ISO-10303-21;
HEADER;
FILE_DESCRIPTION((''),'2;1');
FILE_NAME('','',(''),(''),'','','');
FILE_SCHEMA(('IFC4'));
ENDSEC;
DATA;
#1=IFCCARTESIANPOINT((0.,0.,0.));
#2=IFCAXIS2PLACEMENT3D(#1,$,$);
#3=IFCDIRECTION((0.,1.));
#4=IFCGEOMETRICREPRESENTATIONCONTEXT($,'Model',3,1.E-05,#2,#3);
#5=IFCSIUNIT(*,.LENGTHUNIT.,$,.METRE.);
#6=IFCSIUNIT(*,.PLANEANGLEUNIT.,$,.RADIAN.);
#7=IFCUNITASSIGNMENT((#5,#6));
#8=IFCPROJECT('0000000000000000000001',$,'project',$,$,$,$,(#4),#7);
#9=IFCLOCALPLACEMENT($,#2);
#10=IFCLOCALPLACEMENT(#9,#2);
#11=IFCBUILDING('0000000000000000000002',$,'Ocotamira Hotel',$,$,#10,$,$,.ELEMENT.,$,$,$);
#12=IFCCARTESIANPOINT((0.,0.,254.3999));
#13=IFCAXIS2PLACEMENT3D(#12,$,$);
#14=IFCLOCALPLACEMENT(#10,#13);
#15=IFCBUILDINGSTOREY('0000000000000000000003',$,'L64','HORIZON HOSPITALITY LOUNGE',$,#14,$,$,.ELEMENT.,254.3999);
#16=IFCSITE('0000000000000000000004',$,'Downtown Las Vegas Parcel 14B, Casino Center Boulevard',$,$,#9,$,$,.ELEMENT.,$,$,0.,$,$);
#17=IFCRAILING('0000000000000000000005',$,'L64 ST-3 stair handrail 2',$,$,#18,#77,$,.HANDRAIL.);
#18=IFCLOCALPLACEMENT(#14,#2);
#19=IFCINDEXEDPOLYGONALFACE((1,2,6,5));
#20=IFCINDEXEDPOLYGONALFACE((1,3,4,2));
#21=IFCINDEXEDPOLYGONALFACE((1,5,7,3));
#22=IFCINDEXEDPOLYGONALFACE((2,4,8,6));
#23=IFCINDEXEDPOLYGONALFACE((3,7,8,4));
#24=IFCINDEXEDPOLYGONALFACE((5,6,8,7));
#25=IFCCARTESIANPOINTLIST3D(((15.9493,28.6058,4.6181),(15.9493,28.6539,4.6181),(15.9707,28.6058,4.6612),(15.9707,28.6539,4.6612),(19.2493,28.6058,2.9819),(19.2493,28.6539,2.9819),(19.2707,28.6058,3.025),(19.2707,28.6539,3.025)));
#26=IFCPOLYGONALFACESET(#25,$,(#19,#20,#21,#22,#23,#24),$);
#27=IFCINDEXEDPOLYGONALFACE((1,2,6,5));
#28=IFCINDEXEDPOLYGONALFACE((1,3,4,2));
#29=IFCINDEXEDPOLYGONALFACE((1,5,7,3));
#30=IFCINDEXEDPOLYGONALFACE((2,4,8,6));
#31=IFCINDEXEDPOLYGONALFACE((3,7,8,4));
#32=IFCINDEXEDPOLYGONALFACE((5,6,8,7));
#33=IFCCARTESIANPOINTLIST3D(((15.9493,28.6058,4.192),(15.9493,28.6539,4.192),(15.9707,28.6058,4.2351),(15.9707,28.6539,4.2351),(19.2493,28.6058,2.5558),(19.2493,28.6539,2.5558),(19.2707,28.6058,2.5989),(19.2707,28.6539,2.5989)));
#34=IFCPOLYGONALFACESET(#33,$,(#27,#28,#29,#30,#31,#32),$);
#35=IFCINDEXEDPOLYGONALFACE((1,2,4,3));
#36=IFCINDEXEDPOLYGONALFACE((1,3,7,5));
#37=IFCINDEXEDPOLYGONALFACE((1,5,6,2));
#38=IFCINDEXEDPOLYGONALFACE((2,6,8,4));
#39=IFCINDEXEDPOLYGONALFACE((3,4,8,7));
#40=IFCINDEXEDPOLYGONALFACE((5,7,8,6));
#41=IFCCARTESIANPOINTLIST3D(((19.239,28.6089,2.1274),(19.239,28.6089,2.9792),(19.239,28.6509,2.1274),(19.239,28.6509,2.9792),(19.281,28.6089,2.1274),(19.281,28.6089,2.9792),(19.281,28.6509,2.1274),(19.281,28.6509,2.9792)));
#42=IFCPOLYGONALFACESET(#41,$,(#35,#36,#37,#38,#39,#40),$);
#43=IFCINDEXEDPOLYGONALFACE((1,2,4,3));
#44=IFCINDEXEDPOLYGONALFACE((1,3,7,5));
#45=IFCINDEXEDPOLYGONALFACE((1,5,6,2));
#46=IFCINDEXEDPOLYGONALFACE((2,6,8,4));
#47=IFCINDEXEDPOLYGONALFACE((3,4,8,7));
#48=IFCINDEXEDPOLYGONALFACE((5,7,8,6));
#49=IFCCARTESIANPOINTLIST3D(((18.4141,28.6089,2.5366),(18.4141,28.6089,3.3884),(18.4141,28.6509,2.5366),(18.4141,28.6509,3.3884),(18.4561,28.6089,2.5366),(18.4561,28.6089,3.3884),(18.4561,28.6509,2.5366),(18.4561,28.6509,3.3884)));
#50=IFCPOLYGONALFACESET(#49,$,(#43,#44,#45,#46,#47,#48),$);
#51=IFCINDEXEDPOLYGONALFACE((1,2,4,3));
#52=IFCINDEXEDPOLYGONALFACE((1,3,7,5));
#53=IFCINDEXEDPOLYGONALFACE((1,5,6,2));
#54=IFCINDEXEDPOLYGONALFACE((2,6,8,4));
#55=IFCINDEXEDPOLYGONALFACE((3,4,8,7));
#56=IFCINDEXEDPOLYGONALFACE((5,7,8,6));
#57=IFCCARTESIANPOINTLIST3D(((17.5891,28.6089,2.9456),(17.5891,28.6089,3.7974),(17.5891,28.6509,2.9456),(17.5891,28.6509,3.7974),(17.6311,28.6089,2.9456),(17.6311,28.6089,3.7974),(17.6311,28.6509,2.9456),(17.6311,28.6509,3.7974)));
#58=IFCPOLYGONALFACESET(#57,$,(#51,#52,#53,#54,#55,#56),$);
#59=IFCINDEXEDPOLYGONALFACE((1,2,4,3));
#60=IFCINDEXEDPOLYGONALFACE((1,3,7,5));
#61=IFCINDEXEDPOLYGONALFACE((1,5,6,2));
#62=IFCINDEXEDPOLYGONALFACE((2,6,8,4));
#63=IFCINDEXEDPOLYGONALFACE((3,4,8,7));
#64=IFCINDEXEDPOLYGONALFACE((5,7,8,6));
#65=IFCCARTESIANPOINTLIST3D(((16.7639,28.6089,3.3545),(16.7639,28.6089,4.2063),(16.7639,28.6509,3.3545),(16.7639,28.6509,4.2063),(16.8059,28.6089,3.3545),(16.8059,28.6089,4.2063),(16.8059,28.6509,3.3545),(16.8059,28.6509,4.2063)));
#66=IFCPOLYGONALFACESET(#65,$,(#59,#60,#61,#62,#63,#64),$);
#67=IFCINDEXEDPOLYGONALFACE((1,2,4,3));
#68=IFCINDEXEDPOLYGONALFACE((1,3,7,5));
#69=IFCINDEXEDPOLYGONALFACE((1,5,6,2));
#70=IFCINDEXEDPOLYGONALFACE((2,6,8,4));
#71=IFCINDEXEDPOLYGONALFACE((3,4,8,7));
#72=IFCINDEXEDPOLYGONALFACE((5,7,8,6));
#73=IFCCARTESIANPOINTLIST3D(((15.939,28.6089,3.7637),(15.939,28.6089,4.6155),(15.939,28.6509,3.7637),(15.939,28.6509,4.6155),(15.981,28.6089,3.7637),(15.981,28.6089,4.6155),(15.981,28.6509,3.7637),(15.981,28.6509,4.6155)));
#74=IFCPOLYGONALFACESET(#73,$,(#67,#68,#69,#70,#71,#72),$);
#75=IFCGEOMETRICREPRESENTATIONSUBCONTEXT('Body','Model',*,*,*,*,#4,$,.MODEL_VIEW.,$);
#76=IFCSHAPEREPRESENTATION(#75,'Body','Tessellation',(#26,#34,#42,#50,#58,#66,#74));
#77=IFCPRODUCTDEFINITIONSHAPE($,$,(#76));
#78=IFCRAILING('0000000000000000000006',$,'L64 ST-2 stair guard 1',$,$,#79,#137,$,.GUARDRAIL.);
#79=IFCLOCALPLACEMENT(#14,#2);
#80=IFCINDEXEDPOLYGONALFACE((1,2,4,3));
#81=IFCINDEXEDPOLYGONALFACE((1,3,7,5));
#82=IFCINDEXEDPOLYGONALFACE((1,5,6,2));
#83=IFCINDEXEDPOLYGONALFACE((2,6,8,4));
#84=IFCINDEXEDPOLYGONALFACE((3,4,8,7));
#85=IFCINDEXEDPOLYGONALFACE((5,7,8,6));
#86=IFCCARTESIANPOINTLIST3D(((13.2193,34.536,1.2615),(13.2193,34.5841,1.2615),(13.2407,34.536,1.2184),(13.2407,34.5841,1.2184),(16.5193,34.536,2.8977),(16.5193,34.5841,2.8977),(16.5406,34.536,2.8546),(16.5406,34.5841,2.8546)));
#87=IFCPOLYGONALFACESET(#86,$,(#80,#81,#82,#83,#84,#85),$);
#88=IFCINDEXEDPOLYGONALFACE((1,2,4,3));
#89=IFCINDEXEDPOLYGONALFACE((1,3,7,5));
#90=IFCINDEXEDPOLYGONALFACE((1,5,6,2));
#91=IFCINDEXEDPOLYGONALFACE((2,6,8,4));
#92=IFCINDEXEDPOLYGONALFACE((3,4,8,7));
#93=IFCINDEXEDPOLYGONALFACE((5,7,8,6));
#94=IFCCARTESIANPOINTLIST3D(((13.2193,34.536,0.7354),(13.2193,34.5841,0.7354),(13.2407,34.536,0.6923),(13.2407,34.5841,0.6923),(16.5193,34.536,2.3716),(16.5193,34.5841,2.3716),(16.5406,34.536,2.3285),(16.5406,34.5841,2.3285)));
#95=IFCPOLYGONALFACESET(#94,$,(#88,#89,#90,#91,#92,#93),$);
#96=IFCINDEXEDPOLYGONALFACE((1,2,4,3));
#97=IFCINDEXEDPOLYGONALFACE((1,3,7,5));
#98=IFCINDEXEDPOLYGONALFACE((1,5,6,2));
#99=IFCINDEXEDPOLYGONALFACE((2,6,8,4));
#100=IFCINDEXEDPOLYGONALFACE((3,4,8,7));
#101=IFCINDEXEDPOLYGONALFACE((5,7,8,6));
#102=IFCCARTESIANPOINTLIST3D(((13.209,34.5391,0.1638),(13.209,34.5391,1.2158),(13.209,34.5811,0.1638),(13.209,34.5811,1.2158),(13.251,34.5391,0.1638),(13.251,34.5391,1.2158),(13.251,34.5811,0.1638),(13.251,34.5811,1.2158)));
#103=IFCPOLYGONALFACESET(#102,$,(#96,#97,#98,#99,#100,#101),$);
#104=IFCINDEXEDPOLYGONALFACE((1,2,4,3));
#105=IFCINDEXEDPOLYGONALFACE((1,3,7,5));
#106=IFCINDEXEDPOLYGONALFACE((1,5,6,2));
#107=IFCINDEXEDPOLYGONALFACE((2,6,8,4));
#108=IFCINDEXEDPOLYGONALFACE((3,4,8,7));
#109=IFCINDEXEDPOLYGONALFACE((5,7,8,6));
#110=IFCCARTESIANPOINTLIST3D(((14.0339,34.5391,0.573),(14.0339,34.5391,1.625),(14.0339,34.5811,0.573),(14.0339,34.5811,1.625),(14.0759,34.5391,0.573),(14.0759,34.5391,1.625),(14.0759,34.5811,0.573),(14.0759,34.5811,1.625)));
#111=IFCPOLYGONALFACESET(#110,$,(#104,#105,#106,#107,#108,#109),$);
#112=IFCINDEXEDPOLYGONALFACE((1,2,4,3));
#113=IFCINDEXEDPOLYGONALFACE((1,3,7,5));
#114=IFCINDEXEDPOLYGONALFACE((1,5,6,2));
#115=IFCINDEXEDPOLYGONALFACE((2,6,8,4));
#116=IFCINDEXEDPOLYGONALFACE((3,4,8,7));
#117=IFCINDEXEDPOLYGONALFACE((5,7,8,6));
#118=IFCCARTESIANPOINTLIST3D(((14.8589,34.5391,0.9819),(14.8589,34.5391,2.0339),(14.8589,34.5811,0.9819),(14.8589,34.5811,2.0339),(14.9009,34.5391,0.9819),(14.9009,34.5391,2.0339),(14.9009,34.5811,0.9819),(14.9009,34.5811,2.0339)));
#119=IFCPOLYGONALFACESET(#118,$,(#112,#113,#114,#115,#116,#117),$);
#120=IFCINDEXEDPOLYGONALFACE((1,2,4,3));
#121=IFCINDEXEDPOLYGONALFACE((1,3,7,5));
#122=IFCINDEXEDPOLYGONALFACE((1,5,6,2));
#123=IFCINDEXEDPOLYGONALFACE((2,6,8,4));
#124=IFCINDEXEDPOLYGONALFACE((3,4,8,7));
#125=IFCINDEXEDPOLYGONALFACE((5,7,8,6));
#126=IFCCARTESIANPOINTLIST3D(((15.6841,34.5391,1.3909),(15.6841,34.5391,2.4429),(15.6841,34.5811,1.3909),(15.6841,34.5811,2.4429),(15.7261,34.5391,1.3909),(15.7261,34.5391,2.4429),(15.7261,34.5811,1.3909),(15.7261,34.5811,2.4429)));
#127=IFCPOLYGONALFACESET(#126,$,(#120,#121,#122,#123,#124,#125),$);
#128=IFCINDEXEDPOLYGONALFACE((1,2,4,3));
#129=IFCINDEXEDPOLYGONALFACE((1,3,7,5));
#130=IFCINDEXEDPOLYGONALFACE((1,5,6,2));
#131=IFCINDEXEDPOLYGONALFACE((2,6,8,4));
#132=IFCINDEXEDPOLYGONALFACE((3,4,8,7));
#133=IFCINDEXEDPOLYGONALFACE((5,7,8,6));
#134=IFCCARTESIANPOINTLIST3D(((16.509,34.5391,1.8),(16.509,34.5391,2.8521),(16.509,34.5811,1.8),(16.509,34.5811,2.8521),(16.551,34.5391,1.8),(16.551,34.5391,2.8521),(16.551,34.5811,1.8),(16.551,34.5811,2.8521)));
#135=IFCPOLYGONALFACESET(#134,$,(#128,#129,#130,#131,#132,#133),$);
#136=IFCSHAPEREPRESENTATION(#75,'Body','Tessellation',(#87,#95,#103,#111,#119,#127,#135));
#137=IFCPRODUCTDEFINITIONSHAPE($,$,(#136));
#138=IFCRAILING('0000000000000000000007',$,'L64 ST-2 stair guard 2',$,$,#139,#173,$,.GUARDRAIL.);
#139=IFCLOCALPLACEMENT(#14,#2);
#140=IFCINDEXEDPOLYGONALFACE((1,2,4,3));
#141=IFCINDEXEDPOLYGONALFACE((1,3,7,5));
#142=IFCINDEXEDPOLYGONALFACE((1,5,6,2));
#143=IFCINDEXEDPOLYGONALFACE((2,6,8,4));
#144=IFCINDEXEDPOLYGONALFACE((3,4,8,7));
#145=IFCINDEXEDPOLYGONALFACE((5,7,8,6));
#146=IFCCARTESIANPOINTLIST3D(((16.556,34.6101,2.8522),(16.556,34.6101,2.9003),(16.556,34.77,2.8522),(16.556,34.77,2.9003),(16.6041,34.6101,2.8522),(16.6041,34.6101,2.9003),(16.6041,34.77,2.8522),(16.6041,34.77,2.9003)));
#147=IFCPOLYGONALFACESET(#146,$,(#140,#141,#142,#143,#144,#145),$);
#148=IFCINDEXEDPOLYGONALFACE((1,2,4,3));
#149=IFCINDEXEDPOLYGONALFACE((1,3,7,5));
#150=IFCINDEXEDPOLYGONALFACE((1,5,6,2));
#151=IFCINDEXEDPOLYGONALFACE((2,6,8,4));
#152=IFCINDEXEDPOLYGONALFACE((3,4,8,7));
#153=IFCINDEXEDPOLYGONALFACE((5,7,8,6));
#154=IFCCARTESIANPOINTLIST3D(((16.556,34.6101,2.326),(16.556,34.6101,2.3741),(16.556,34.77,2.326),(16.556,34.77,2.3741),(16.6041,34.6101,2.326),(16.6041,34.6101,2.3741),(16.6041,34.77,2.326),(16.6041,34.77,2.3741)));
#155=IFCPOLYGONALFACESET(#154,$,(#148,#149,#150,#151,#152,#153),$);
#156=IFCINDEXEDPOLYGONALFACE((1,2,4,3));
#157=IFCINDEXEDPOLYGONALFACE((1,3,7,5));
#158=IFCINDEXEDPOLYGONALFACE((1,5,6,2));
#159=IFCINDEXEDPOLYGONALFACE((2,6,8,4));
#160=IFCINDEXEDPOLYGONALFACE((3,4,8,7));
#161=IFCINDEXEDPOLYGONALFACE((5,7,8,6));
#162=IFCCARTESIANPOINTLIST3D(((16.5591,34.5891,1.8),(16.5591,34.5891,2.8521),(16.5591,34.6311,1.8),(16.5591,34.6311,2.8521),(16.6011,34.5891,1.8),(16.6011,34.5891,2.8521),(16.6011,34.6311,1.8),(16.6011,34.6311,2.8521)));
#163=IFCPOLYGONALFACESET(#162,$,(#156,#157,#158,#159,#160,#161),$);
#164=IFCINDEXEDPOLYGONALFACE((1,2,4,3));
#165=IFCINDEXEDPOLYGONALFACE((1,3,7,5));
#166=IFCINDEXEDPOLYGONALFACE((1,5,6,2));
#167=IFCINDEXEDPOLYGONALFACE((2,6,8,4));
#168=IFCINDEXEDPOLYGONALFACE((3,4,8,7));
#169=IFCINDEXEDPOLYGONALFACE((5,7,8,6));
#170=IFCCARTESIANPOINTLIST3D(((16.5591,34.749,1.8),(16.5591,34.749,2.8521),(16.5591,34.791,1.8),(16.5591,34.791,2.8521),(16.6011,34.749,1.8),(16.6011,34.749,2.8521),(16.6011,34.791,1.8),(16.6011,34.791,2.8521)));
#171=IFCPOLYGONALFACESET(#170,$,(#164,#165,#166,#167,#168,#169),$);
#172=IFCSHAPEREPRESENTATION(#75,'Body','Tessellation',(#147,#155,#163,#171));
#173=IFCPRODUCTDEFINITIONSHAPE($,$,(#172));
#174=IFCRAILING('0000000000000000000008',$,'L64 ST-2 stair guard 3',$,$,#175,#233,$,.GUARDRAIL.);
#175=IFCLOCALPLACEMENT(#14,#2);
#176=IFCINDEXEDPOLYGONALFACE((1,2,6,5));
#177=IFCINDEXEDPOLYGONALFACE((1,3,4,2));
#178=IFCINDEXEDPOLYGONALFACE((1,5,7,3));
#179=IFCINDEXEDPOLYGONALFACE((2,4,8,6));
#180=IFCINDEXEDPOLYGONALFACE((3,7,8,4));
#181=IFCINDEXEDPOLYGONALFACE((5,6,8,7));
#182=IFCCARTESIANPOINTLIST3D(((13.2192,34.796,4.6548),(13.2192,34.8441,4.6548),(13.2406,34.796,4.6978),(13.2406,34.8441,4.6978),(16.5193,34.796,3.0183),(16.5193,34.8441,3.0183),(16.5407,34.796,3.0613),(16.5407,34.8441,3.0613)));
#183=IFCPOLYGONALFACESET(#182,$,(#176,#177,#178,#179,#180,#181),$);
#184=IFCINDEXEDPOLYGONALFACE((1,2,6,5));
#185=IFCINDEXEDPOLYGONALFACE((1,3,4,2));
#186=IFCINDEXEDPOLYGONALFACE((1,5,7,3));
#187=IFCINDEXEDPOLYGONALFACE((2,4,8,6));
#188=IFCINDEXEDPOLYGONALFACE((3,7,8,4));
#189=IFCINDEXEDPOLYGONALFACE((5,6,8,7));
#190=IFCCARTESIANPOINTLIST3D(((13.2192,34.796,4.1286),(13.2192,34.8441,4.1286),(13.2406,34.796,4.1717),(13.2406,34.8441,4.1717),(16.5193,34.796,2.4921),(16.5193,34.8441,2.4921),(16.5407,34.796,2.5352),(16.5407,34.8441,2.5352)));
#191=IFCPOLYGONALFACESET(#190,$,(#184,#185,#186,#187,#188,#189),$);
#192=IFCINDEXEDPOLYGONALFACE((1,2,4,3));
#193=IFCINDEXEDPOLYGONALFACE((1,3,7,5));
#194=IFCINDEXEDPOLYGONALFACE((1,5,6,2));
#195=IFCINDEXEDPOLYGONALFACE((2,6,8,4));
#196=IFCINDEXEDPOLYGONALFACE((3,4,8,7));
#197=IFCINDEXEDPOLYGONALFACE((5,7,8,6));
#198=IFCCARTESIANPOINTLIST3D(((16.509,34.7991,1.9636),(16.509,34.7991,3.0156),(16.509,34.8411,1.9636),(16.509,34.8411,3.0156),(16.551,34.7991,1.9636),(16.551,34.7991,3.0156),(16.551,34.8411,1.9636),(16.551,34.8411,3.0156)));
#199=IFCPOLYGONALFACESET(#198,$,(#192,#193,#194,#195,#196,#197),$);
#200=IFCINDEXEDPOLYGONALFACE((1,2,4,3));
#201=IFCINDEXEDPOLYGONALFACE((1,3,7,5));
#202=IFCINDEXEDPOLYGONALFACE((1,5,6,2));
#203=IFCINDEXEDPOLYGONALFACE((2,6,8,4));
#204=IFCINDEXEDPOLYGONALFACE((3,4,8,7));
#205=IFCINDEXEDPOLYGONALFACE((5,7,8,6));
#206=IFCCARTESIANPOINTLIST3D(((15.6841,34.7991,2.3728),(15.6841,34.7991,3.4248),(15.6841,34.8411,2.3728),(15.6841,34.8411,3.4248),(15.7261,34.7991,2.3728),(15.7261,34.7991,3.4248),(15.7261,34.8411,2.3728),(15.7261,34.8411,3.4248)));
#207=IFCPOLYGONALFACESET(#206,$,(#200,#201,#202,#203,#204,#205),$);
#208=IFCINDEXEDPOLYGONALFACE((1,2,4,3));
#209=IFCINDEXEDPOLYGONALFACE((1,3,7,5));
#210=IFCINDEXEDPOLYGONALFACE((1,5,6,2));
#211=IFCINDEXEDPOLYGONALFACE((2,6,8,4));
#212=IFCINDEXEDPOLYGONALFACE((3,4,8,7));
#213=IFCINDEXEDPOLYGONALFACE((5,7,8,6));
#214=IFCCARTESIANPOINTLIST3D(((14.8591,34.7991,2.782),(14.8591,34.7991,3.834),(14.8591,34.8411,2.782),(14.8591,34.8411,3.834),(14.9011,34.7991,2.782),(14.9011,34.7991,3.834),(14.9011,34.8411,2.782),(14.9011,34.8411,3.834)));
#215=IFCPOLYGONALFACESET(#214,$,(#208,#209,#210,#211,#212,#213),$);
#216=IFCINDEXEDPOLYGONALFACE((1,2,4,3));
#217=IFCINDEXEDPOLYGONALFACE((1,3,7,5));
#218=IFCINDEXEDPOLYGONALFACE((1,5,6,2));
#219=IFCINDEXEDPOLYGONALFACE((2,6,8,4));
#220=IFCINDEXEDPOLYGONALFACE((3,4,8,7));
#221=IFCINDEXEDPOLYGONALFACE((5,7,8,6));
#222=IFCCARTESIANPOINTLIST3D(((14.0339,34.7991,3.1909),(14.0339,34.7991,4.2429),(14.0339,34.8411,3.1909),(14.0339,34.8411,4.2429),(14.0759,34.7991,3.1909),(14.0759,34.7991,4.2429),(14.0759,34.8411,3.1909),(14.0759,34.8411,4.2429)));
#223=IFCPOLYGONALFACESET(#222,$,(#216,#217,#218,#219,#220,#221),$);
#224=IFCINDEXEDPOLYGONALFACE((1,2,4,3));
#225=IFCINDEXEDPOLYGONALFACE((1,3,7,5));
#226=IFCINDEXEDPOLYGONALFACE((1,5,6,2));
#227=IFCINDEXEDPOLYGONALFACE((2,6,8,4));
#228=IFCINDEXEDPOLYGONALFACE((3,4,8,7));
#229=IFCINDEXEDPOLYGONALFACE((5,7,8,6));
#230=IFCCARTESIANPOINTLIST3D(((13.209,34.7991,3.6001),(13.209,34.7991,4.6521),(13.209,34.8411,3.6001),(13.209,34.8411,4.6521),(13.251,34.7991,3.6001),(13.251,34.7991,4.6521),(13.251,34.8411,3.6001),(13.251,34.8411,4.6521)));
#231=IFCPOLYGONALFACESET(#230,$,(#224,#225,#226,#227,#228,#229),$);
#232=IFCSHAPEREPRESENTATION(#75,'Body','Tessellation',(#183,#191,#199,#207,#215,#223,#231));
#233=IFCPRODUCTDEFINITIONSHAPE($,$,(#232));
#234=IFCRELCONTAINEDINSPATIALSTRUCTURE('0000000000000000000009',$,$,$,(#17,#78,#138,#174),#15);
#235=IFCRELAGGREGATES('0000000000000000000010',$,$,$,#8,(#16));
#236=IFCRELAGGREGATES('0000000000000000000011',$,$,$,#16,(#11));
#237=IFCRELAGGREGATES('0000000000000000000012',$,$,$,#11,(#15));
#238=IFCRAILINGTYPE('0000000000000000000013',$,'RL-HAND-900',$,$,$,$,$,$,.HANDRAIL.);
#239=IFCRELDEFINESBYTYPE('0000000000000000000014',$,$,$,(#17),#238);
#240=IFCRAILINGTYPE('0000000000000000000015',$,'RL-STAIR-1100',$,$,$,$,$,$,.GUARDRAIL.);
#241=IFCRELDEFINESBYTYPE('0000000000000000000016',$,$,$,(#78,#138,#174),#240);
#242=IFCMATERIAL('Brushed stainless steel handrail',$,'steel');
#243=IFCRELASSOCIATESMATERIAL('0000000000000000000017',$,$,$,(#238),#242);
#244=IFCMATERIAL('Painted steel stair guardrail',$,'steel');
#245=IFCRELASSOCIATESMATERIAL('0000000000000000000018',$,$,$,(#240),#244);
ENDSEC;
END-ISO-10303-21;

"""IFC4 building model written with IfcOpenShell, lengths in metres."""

from ifc_helpers import new_model, si_unit, direction, frame, origin, origin_2d, place, context, subcontext, project, spatial, rectangle, extrude, material, type_object, element, save


model = new_model("IFC4")

# Units and contexts
model_context = context("Model", 3, precision=1e-05, world=origin(), true_north=direction((0.0, 1.0)))
body_context = subcontext(model_context, "Body", "Model", "MODEL_VIEW")
ifc_project = project(units=[si_unit("LENGTHUNIT", "METRE"), si_unit("PLANEANGLEUNIT", "RADIAN")], contexts=[model_context])

# Site, building, storey
site_placement = place(None, origin())
site = spatial("IfcSite", under=ifc_project, at=site_placement, Name="Downtown Las Vegas Parcel 14B, Casino Center Boulevard", CompositionType="ELEMENT", RefElevation=0.0)
building_placement = place(site_placement, origin())
building = spatial("IfcBuilding", under=site, at=building_placement, Name="Ocotamira Hotel", CompositionType="ELEMENT")
storey_placement = place(building_placement, frame((0.0, 0.0, 254.3999)))
storey = spatial("IfcBuildingStorey", under=building, at=storey_placement, Name="L64", Description="HORIZON HOSPITALITY LOUNGE", CompositionType="ELEMENT", Elevation=254.3999)

# Railings
ifc_material_1 = material(Name="Brushed stainless steel handrail", Category="steel")
railing_type_1 = type_object("IfcRailingType", Name="RL-HAND-900", PredefinedType="HANDRAIL", material=ifc_material_1)
railing_1_placement = place(storey_placement, frame((19.26, 28.6299, 2.1274)))
element("IfcRailing", 1, at=railing_1_placement, inside=storey, type_object=railing_type_1, Name="L64 ST-3 stair handrail 2", PredefinedType="HANDRAIL", context=body_context, shape_type="SweptSolid", body=[
    extrude(rectangle(XDim=0.0481, YDim=0.0481, at=origin_2d()), frame((0.0, 0.0, 0.876), z_axis=(-0.89592, 0.0, 0.444215), x_axis=(0.0, -1.0, 0.0)), (0.0, 0.0, 1.0), 3.6833),
    extrude(rectangle(XDim=0.0481, YDim=0.0481, at=origin_2d()), frame((0.0, 0.0, 0.45), z_axis=(-0.89592, 0.0, 0.444215), x_axis=(0.0, -1.0, 0.0)), (0.0, 0.0, 1.0), 3.6833),
    extrude(rectangle(XDim=0.042, YDim=0.042, at=origin_2d()), origin(), (0.0, 0.0, 1.0), 0.8518),
    extrude(rectangle(XDim=0.042, YDim=0.042, at=origin_2d()), frame((-0.825, 0.0, 0.4092)), (0.0, 0.0, 1.0), 0.8518),
    extrude(rectangle(XDim=0.042, YDim=0.042, at=origin_2d()), frame((-1.6499, 0.0, 0.8181)), (0.0, 0.0, 1.0), 0.8518),
    extrude(rectangle(XDim=0.042, YDim=0.042, at=origin_2d()), frame((-2.4751, 0.0, 1.2271)), (0.0, 0.0, 1.0), 0.8518),
    extrude(rectangle(XDim=0.042, YDim=0.042, at=origin_2d()), frame((-3.3, 0.0, 1.6362)), (0.0, 0.0, 1.0), 0.8518),
])
ifc_material_2 = material(Name="Painted steel stair guardrail", Category="steel")
railing_type_2 = type_object("IfcRailingType", Name="RL-STAIR-1100", PredefinedType="GUARDRAIL", material=ifc_material_2)
railing_2_placement = place(storey_placement, frame((13.23, 34.5601, 0.1638)))
element("IfcRailing", 2, at=railing_2_placement, inside=storey, type_object=railing_type_2, Name="L64 ST-2 stair guard 1", PredefinedType="GUARDRAIL", context=body_context, shape_type="SweptSolid", body=[
    extrude(rectangle(XDim=0.0481, YDim=0.0481, at=origin_2d()), frame((0.0, 0.0, 1.0762), z_axis=(0.89592, 0.0, 0.444215), x_axis=(0.0, 1.0, 0.0)), (0.0, 0.0, 1.0), 3.6833),
    extrude(rectangle(XDim=0.0481, YDim=0.0481, at=origin_2d()), frame((0.0, 0.0, 0.55), z_axis=(0.89592, 0.0, 0.444215), x_axis=(0.0, 1.0, 0.0)), (0.0, 0.0, 1.0), 3.6833),
    extrude(rectangle(XDim=0.042, YDim=0.042, at=origin_2d()), origin(), (0.0, 0.0, 1.0), 1.052),
    extrude(rectangle(XDim=0.042, YDim=0.042, at=origin_2d()), frame((0.825, 0.0, 0.4092)), (0.0, 0.0, 1.0), 1.052),
    extrude(rectangle(XDim=0.042, YDim=0.042, at=origin_2d()), frame((1.6499, 0.0, 0.8181)), (0.0, 0.0, 1.0), 1.052),
    extrude(rectangle(XDim=0.042, YDim=0.042, at=origin_2d()), frame((2.4751, 0.0, 1.2271)), (0.0, 0.0, 1.0), 1.052),
    extrude(rectangle(XDim=0.042, YDim=0.042, at=origin_2d()), frame((3.3, 0.0, 1.6362)), (0.0, 0.0, 1.0), 1.052),
])
railing_3_placement = place(storey_placement, frame((16.5801, 34.6101, 1.8)))
element("IfcRailing", 3, at=railing_3_placement, inside=storey, type_object=railing_type_2, Name="L64 ST-2 stair guard 2", PredefinedType="GUARDRAIL", context=body_context, shape_type="SweptSolid", body=[
    extrude(rectangle(XDim=0.0481, YDim=0.0481, at=origin_2d()), frame((0.0, 0.0, 1.0762), z_axis=(0.0, 1.0, 0.0), x_axis=(-1.0, 0.0, 0.0)), (0.0, 0.0, 1.0), 0.1599),
    extrude(rectangle(XDim=0.0481, YDim=0.0481, at=origin_2d()), frame((0.0, 0.0, 0.55), z_axis=(0.0, 1.0, 0.0), x_axis=(-1.0, 0.0, 0.0)), (0.0, 0.0, 1.0), 0.1599),
    extrude(rectangle(XDim=0.042, YDim=0.042, at=origin_2d()), origin(), (0.0, 0.0, 1.0), 1.052),
    extrude(rectangle(XDim=0.042, YDim=0.042, at=origin_2d()), frame((0.0, 0.1599, 0.0)), (0.0, 0.0, 1.0), 1.052),
])
railing_4_placement = place(storey_placement, frame((16.53, 34.8201, 1.9636)))
element("IfcRailing", 4, at=railing_4_placement, inside=storey, type_object=railing_type_2, Name="L64 ST-2 stair guard 3", PredefinedType="GUARDRAIL", context=body_context, shape_type="SweptSolid", body=[
    extrude(rectangle(XDim=0.0481, YDim=0.0481, at=origin_2d()), frame((0.0, 0.0, 1.0762), z_axis=(-0.895894, 0.0, 0.444268), x_axis=(0.0, -1.0, 0.0)), (0.0, 0.0, 1.0), 3.6836),
    extrude(rectangle(XDim=0.0481, YDim=0.0481, at=origin_2d()), frame((0.0, 0.0, 0.55), z_axis=(-0.895894, 0.0, 0.444268), x_axis=(0.0, -1.0, 0.0)), (0.0, 0.0, 1.0), 3.6836),
    extrude(rectangle(XDim=0.042, YDim=0.042, at=origin_2d()), origin(), (0.0, 0.0, 1.0), 1.052),
    extrude(rectangle(XDim=0.042, YDim=0.042, at=origin_2d()), frame((-0.825, 0.0, 0.4092)), (0.0, 0.0, 1.0), 1.052),
    extrude(rectangle(XDim=0.042, YDim=0.042, at=origin_2d()), frame((-1.6499, 0.0, 0.8184)), (0.0, 0.0, 1.0), 1.052),
    extrude(rectangle(XDim=0.042, YDim=0.042, at=origin_2d()), frame((-2.4751, 0.0, 1.2273)), (0.0, 0.0, 1.0), 1.052),
    extrude(rectangle(XDim=0.042, YDim=0.042, at=origin_2d()), frame((-3.3, 0.0, 1.6365)), (0.0, 0.0, 1.0), 1.052),
])

save(model, "model.ifc")
